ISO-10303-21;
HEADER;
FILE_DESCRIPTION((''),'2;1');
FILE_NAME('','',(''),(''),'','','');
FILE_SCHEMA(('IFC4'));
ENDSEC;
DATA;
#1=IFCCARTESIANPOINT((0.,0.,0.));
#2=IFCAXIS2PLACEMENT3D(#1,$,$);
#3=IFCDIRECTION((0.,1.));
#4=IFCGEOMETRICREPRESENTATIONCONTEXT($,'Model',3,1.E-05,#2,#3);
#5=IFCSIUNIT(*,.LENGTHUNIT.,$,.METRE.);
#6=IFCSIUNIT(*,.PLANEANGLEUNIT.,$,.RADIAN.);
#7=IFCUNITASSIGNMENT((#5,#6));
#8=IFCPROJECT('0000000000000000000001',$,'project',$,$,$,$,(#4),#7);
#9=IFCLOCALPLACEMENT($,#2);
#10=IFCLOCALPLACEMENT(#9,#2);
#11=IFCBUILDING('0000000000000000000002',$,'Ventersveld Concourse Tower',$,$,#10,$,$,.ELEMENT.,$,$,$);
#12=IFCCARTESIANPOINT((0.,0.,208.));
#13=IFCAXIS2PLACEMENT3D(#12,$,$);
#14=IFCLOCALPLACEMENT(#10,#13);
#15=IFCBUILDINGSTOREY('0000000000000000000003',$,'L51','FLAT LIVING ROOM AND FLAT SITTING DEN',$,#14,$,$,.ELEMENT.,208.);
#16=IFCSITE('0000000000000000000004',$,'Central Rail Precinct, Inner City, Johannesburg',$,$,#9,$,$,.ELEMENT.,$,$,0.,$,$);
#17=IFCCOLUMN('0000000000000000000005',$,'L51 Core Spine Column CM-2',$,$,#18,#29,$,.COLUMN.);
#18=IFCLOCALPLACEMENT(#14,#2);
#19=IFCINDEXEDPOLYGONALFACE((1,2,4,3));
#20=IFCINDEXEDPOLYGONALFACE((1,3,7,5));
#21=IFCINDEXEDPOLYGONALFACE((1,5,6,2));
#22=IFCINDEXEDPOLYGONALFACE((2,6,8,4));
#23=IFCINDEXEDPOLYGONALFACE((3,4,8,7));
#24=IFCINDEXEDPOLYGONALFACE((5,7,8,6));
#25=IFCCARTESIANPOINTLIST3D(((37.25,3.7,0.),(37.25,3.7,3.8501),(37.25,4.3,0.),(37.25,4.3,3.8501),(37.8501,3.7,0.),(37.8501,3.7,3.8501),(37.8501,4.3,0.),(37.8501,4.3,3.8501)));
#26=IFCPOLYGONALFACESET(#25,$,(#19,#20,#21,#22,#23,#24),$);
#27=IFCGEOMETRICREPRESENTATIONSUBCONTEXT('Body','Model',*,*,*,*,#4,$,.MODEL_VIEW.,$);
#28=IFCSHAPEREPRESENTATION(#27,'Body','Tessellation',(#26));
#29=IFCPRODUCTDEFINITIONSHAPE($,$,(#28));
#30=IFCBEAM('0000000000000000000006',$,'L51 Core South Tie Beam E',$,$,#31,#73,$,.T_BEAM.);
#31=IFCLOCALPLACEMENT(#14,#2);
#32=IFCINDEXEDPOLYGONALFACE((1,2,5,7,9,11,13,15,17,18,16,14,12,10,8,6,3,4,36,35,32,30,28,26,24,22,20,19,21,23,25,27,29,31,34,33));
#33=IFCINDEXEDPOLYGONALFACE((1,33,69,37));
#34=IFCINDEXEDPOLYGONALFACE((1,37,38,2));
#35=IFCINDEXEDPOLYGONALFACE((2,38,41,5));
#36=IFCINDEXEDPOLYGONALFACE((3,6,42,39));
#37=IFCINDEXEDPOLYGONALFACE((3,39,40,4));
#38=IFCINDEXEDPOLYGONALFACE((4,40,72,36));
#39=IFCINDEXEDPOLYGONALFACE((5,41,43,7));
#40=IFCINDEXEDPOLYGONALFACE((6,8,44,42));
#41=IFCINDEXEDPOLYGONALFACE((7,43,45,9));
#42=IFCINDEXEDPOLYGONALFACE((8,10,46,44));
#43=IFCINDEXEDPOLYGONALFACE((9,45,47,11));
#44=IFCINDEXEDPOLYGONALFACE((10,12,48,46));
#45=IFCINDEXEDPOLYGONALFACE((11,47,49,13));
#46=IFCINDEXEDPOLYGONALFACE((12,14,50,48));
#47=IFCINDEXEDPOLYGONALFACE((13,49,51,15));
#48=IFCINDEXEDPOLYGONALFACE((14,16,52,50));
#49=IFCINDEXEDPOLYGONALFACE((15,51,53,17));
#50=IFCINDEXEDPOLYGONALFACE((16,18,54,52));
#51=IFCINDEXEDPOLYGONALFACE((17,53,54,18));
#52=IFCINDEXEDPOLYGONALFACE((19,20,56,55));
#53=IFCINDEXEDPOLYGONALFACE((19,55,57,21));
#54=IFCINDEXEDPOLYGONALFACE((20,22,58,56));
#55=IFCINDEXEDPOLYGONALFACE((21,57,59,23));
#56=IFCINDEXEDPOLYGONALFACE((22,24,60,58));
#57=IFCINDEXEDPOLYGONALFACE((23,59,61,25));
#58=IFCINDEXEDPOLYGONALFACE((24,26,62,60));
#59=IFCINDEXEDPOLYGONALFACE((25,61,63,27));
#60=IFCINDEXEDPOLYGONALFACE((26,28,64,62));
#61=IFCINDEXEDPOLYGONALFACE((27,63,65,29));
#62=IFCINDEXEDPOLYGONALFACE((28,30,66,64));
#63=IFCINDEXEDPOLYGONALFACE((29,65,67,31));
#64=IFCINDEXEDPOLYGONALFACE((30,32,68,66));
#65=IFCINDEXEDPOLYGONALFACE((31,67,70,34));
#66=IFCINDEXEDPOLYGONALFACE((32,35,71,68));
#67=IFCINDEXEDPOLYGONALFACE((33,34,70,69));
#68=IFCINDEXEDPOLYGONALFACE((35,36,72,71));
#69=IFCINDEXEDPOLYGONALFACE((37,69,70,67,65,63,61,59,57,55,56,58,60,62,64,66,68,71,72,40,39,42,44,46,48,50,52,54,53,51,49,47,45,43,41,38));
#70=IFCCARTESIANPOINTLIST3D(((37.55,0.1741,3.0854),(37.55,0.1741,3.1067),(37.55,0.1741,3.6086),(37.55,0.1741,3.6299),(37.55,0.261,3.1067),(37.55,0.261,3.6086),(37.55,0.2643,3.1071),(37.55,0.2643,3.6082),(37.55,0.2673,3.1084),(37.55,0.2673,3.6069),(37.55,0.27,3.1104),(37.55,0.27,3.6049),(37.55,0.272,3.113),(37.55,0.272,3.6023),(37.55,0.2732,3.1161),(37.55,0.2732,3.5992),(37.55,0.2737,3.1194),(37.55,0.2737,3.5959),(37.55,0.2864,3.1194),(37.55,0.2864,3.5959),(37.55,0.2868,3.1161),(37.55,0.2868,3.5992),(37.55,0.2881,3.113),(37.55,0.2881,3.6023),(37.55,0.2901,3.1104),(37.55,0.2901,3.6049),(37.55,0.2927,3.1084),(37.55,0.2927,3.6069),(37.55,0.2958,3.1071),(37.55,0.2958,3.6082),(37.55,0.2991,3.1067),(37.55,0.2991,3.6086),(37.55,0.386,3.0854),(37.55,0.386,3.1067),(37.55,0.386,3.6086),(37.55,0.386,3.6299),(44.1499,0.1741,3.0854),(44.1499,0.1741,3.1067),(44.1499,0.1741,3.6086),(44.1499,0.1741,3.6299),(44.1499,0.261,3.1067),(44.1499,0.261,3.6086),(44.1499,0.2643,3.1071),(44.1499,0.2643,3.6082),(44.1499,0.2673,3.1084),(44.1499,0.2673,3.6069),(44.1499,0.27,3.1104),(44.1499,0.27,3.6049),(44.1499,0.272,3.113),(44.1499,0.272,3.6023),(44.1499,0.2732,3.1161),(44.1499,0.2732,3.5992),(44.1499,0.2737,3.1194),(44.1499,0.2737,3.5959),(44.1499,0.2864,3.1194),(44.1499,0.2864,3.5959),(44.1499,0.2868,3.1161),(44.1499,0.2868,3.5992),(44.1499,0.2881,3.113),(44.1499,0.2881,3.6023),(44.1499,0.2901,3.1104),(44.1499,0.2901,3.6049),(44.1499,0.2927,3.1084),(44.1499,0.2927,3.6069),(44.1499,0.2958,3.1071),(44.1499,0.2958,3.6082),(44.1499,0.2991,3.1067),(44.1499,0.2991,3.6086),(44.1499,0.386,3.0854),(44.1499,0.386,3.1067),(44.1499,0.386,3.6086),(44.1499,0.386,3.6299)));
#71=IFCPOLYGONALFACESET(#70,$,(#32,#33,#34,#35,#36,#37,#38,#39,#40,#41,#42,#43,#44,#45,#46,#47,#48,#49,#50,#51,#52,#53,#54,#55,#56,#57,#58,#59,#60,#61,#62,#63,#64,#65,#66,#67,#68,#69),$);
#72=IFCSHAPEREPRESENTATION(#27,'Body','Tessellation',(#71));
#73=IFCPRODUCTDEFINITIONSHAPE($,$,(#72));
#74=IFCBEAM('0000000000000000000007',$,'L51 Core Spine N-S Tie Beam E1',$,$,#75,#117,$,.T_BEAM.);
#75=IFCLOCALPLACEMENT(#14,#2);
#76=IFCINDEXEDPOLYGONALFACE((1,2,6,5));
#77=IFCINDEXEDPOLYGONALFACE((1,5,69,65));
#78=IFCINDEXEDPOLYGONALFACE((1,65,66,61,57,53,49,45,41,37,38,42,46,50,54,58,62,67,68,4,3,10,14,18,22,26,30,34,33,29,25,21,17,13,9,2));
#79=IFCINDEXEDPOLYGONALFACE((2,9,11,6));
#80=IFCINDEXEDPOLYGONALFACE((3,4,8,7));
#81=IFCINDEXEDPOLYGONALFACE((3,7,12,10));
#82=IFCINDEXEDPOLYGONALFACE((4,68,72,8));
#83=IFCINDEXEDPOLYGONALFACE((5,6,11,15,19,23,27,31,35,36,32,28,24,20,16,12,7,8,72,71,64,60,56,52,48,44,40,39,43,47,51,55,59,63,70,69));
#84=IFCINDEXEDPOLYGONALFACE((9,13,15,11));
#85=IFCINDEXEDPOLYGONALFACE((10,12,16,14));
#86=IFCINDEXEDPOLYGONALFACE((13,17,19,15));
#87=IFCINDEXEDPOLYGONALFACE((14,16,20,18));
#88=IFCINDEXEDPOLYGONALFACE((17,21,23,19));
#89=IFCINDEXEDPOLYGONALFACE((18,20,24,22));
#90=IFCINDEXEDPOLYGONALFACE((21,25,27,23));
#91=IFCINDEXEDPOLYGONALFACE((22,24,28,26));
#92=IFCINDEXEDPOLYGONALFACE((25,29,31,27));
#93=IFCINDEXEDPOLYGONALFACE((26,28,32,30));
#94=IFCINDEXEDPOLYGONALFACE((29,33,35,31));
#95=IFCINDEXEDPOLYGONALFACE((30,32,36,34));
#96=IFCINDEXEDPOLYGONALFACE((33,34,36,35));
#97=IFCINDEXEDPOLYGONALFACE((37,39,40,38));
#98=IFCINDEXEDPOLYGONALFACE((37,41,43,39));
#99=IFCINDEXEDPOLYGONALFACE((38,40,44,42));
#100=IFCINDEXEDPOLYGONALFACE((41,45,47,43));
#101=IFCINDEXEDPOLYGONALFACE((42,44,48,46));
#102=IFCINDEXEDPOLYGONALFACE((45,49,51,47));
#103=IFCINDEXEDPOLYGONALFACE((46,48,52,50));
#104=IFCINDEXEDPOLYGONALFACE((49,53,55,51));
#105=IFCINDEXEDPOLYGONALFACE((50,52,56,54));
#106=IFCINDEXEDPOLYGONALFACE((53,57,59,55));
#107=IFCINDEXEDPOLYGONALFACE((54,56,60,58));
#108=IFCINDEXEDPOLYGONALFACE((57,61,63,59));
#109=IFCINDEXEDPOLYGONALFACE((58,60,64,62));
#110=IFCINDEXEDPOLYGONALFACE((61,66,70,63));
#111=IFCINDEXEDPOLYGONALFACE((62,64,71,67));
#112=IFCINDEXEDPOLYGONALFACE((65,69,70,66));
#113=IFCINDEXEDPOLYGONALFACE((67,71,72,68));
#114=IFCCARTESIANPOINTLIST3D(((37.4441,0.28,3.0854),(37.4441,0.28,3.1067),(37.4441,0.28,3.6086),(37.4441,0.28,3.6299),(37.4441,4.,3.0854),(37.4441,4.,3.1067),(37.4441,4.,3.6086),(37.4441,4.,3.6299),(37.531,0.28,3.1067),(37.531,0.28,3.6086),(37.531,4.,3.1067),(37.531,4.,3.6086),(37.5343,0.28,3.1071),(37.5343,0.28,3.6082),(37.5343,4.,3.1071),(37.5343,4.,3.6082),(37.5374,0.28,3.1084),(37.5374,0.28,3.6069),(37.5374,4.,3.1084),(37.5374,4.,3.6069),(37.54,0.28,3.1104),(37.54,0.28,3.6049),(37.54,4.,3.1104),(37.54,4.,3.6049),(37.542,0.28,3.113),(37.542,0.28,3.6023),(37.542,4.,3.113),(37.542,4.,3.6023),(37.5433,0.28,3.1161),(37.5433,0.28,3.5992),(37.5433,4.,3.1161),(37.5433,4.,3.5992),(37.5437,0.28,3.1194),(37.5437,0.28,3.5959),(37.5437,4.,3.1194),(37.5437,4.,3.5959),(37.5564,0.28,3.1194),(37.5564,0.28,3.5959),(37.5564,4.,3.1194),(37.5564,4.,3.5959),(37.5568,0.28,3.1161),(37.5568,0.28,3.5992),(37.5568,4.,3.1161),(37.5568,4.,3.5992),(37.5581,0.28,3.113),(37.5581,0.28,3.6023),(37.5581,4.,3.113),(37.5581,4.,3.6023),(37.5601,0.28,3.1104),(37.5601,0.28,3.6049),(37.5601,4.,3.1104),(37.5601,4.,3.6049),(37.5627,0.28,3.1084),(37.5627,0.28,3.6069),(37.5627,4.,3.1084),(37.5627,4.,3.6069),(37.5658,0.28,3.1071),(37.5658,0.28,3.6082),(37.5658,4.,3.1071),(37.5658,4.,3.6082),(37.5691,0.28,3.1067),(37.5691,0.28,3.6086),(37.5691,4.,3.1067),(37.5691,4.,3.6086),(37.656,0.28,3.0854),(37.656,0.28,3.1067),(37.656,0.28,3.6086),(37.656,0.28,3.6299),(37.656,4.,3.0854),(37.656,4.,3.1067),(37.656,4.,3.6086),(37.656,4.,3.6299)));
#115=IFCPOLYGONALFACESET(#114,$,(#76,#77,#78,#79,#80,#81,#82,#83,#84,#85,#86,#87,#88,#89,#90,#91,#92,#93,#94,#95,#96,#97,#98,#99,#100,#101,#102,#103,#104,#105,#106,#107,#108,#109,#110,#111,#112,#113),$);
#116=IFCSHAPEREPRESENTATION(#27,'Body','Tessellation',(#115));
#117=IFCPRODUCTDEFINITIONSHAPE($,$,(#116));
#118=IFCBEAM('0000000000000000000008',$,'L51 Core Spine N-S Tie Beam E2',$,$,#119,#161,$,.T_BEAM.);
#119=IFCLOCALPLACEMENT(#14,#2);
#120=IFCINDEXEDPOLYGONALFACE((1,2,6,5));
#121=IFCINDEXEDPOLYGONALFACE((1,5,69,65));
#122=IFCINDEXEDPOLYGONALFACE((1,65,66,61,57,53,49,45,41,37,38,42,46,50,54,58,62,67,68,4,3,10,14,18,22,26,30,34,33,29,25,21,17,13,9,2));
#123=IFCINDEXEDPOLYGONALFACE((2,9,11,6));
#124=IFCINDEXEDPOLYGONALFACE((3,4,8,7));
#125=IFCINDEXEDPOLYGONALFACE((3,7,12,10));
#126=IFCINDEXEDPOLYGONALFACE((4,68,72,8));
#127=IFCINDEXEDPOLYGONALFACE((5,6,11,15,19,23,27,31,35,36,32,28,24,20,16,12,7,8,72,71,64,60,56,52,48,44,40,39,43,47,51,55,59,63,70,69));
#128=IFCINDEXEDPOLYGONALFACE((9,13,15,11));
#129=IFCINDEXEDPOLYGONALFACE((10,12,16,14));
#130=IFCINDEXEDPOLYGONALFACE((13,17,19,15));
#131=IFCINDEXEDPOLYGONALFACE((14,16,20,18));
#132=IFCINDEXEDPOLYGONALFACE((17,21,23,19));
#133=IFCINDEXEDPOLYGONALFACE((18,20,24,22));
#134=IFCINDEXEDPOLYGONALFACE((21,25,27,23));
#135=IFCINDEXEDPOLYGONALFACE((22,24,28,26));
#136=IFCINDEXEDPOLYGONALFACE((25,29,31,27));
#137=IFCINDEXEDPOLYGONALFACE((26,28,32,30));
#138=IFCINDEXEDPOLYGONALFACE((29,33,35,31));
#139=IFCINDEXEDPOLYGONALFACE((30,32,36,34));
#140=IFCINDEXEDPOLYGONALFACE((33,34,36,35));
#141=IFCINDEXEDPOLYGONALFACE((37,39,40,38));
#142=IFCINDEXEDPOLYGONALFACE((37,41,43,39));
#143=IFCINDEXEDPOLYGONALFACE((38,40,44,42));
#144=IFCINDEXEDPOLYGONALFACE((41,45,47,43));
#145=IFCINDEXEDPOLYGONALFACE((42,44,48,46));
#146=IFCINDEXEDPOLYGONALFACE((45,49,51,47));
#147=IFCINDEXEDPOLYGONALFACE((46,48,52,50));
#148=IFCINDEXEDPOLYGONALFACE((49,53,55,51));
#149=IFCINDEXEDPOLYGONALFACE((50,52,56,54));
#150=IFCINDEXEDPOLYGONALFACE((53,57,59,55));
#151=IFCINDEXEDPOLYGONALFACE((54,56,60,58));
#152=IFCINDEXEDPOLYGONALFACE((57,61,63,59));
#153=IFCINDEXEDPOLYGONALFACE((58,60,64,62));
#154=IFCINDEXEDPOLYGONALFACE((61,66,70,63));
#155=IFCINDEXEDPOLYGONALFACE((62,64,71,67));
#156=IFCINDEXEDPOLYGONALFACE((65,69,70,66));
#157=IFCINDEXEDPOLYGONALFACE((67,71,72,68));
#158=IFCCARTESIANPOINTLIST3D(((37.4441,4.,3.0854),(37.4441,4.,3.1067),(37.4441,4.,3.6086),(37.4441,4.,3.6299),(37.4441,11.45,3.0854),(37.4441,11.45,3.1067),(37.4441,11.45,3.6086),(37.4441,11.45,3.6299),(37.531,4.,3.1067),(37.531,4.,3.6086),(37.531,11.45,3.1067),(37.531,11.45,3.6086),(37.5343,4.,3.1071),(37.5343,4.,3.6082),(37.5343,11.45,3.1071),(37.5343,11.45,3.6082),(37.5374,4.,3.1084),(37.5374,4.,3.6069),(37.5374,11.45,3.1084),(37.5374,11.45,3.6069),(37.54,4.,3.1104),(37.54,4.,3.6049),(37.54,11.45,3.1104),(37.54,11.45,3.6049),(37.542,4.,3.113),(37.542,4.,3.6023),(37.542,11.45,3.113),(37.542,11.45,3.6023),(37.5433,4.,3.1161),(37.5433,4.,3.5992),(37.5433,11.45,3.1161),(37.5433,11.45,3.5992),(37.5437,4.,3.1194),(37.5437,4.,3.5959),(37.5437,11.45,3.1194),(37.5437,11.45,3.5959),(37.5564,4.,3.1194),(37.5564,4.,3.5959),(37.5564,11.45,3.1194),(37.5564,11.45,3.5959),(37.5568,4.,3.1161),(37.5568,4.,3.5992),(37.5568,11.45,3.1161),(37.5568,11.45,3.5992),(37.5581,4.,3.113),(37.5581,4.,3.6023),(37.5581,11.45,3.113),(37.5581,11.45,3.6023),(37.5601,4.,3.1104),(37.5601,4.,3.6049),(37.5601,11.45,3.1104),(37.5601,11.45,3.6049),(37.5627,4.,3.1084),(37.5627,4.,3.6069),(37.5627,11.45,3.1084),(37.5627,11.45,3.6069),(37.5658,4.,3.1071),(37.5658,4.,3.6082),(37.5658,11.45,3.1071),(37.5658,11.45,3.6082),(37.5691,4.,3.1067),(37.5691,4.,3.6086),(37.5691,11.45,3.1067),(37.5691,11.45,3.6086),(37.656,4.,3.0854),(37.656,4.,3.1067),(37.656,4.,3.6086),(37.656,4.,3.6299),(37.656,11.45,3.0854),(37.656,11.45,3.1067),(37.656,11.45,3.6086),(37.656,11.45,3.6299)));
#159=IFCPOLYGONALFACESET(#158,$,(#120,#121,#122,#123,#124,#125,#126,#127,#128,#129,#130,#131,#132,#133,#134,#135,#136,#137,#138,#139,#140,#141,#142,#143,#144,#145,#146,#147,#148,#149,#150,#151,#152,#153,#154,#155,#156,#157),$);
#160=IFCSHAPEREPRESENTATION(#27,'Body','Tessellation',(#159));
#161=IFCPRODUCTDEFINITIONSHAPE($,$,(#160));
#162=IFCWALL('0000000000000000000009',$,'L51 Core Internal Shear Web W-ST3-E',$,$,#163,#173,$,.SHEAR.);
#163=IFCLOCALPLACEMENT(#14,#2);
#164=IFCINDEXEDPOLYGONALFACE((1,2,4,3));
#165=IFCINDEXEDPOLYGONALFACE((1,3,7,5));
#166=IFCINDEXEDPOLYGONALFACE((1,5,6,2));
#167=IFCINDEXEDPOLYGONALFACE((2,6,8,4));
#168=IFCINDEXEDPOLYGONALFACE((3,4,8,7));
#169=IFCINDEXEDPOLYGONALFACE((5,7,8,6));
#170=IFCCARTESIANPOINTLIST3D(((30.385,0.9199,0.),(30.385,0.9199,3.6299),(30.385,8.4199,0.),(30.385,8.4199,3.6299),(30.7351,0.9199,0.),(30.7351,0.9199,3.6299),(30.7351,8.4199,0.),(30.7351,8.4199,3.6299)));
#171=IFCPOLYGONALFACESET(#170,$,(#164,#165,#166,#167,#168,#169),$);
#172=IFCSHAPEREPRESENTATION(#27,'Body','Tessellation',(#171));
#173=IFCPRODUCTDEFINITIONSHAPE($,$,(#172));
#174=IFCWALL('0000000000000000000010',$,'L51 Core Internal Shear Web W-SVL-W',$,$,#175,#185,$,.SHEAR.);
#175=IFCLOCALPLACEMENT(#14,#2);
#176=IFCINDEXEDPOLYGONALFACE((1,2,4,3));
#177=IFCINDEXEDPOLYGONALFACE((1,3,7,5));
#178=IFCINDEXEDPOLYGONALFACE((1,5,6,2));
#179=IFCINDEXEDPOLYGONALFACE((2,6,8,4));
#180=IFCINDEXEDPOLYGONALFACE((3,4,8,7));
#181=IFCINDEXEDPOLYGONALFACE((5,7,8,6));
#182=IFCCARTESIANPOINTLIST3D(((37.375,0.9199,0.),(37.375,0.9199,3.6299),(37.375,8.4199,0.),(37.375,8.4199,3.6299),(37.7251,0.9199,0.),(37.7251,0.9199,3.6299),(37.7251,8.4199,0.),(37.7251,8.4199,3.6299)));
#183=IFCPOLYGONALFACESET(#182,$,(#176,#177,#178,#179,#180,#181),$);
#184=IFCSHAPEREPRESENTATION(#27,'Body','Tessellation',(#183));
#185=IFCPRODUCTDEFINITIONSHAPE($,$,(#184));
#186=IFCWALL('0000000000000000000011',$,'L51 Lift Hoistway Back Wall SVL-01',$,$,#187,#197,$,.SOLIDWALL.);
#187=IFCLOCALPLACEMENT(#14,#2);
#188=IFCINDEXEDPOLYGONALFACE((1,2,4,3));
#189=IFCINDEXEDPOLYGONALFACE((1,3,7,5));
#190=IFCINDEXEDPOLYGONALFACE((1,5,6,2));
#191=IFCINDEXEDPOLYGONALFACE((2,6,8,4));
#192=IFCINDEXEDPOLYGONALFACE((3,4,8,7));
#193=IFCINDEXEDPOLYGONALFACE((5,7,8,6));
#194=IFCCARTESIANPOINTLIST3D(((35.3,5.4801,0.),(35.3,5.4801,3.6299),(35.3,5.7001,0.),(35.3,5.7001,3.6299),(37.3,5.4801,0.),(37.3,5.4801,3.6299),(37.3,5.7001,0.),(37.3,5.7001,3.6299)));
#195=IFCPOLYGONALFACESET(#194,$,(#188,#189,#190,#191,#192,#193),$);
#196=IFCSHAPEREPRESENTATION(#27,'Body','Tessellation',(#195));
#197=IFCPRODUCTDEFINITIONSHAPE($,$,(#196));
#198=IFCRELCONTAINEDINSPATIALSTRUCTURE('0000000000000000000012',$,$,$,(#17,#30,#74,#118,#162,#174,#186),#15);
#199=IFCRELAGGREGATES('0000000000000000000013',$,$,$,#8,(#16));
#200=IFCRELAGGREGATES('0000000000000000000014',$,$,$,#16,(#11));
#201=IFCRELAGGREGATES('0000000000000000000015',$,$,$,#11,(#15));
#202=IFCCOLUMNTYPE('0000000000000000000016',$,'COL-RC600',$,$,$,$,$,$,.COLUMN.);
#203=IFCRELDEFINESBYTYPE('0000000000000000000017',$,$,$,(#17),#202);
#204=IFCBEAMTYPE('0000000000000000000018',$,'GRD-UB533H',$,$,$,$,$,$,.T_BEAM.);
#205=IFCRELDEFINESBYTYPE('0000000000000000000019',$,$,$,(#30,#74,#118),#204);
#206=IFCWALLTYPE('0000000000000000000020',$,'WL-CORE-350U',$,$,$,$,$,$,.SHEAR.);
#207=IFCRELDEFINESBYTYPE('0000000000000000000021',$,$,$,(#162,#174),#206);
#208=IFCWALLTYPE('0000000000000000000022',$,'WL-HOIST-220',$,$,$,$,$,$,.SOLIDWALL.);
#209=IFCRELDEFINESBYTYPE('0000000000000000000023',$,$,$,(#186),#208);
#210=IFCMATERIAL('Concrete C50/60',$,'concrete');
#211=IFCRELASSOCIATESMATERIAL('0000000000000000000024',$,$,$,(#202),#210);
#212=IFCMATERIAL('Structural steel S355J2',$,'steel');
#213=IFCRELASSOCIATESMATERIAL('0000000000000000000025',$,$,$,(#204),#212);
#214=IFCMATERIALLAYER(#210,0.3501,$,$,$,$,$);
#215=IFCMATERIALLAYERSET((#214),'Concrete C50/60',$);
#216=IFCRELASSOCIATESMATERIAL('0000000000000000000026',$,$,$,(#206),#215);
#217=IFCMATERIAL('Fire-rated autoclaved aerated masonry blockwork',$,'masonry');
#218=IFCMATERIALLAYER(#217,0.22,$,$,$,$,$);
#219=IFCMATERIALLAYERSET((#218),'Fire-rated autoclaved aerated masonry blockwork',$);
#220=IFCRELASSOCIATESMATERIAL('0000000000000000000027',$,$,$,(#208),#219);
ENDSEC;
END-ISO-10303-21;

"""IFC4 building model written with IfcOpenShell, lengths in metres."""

from ifc_helpers import new_model, si_unit, direction, frame, frame_2d, origin, origin_2d, place, context, subcontext, project, spatial, rectangle, i_section, extrude, material, layer, layer_set, material_profile, profile_set, type_object, element, save


model = new_model("IFC4")

# Units and contexts
model_context = context("Model", 3, precision=1e-05, world=origin(), true_north=direction((0.0, 1.0)))
body_context = subcontext(model_context, "Body", "Model", "MODEL_VIEW")
ifc_project = project(units=[si_unit("LENGTHUNIT", "METRE"), si_unit("PLANEANGLEUNIT", "RADIAN")], contexts=[model_context])

# Site, building, storey
site_placement = place(None, origin())
site = spatial("IfcSite", under=ifc_project, at=site_placement, Name="Central Rail Precinct, Inner City, Johannesburg", CompositionType="ELEMENT", RefElevation=0.0)
building_placement = place(site_placement, origin())
building = spatial("IfcBuilding", under=site, at=building_placement, Name="Ventersveld Concourse Tower", CompositionType="ELEMENT")
storey_placement = place(building_placement, frame((0.0, 0.0, 208.0)))
storey = spatial("IfcBuildingStorey", under=building, at=storey_placement, Name="L51", Description="FLAT LIVING ROOM AND FLAT SITTING DEN", CompositionType="ELEMENT", Elevation=208.0)

# Column
ifc_material_1 = material(Name="Concrete C50/60", Category="concrete")
ifc_material_profile_1 = material_profile(ifc_material_1, rectangle(XDim=0.6001, YDim=0.6001, at=origin_2d()), Name="RC 600x600")
ifc_profile_set_1 = profile_set([ifc_material_profile_1], Name="Concrete C50/60")
column_type = type_object("IfcColumnType", Name="COL-RC600", PredefinedType="COLUMN", material=ifc_profile_set_1)
column_placement = place(storey_placement, frame((37.55, 4.0, 0.0), z_axis=(0.0, 0.0, 1.0), x_axis=(1.0, 0.0, 0.0)))
element("IfcColumn", 1, at=column_placement, inside=storey, type_object=column_type, Name="L51 Core Spine Column CM-2", PredefinedType="COLUMN", context=body_context, shape_type="SweptSolid", body=[
    extrude(rectangle(XDim=0.6001, YDim=0.6001, at=origin_2d()), origin(), (0.0, 0.0, 1.0), 3.8501),
])

# Beams
ifc_material_2 = material(Name="Structural steel S355J2", Category="steel")
ifc_material_profile_2 = material_profile(ifc_material_2, i_section(OverallWidth=0.2119, OverallDepth=0.5444, WebThickness=0.0127, FlangeThickness=0.0212, FilletRadius=0.0127, at=origin_2d()), Name="UB 533x210x122")
ifc_profile_set_2 = profile_set([ifc_material_profile_2], Name="Structural steel S355J2")
beam_type = type_object("IfcBeamType", Name="GRD-UB533H", PredefinedType="T_BEAM", material=ifc_profile_set_2)
beam_1_placement = place(storey_placement, frame((37.55, 0.28, 3.3577), z_axis=(1.0, 0.0, 0.0), x_axis=(0.0, 1.0, 0.0)))
element("IfcBeam", 2, at=beam_1_placement, inside=storey, type_object=beam_type, Name="L51 Core South Tie Beam E", PredefinedType="T_BEAM", context=body_context, shape_type="SweptSolid", body=[
    extrude(i_section(OverallWidth=0.2119, OverallDepth=0.5444, WebThickness=0.0127, FlangeThickness=0.0212, FilletRadius=0.0127, at=origin_2d()), origin(), (0.0, 0.0, 1.0), 6.5999),
])
beam_2_placement = place(storey_placement, frame((37.55, 0.28, 3.3577), z_axis=(0.0, 1.0, 0.0), x_axis=(-1.0, 0.0, 0.0)))
element("IfcBeam", 3, at=beam_2_placement, inside=storey, type_object=beam_type, Name="L51 Core Spine N-S Tie Beam E1", PredefinedType="T_BEAM", context=body_context, shape_type="SweptSolid", body=[
    extrude(i_section(OverallWidth=0.2119, OverallDepth=0.5444, WebThickness=0.0127, FlangeThickness=0.0212, FilletRadius=0.0127, at=origin_2d()), origin(), (0.0, 0.0, 1.0), 3.72),
])
beam_3_placement = place(storey_placement, frame((37.55, 4.0, 3.3577), z_axis=(0.0, 1.0, 0.0), x_axis=(-1.0, 0.0, 0.0)))
element("IfcBeam", 4, at=beam_3_placement, inside=storey, type_object=beam_type, Name="L51 Core Spine N-S Tie Beam E2", PredefinedType="T_BEAM", context=body_context, shape_type="SweptSolid", body=[
    extrude(i_section(OverallWidth=0.2119, OverallDepth=0.5444, WebThickness=0.0127, FlangeThickness=0.0212, FilletRadius=0.0127, at=origin_2d()), origin(), (0.0, 0.0, 1.0), 7.45),
])

# Walls
ifc_layer_1 = layer(ifc_material_1, 0.3501)
ifc_layer_set_1 = layer_set([ifc_layer_1], Name="Concrete C50/60")
wall_type_1 = type_object("IfcWallType", Name="WL-CORE-350U", PredefinedType="SHEAR", material=ifc_layer_set_1)
for number, where, z_axis, x_axis, name in (
    (5, (30.5601, 0.9199, 0.0), (0.0, 0.0, 1.0), (0.0, 1.0, 0.0), "L51 Core Internal Shear Web W-ST3-E"),
    (6, (37.55, 0.9199, 0.0), (0.0, 0.0, 1.0), (0.0, 1.0, 0.0), "L51 Core Internal Shear Web W-SVL-W"),
):
    element("IfcWall", number, at=place(storey_placement, frame(where, z_axis=z_axis, x_axis=x_axis)), inside=storey, type_object=wall_type_1, Name=name, PredefinedType="SHEAR", context=body_context, shape_type="SweptSolid", body=[
        extrude(rectangle(XDim=7.5, YDim=0.3501, at=frame_2d((3.75, 0.0))), origin(), (0.0, 0.0, 1.0), 3.6299),
    ])
ifc_material_3 = material(Name="Fire-rated autoclaved aerated masonry blockwork", Category="masonry")
ifc_layer_2 = layer(ifc_material_3, 0.22)
ifc_layer_set_2 = layer_set([ifc_layer_2], Name="Fire-rated autoclaved aerated masonry blockwork")
wall_type_2 = type_object("IfcWallType", Name="WL-HOIST-220", PredefinedType="SOLIDWALL", material=ifc_layer_set_2)
wall_1_placement = place(storey_placement, frame((35.3, 5.5901, 0.0), z_axis=(0.0, 0.0, 1.0), x_axis=(1.0, 0.0, 0.0)))
element("IfcWall", 7, at=wall_1_placement, inside=storey, type_object=wall_type_2, Name="L51 Lift Hoistway Back Wall SVL-01", PredefinedType="SOLIDWALL", context=body_context, shape_type="SweptSolid", body=[
    extrude(rectangle(XDim=2.0, YDim=0.22, at=frame_2d((1.0, 0.0))), origin(), (0.0, 0.0, 1.0), 3.6299),
])

save(model, "model.ifc")
